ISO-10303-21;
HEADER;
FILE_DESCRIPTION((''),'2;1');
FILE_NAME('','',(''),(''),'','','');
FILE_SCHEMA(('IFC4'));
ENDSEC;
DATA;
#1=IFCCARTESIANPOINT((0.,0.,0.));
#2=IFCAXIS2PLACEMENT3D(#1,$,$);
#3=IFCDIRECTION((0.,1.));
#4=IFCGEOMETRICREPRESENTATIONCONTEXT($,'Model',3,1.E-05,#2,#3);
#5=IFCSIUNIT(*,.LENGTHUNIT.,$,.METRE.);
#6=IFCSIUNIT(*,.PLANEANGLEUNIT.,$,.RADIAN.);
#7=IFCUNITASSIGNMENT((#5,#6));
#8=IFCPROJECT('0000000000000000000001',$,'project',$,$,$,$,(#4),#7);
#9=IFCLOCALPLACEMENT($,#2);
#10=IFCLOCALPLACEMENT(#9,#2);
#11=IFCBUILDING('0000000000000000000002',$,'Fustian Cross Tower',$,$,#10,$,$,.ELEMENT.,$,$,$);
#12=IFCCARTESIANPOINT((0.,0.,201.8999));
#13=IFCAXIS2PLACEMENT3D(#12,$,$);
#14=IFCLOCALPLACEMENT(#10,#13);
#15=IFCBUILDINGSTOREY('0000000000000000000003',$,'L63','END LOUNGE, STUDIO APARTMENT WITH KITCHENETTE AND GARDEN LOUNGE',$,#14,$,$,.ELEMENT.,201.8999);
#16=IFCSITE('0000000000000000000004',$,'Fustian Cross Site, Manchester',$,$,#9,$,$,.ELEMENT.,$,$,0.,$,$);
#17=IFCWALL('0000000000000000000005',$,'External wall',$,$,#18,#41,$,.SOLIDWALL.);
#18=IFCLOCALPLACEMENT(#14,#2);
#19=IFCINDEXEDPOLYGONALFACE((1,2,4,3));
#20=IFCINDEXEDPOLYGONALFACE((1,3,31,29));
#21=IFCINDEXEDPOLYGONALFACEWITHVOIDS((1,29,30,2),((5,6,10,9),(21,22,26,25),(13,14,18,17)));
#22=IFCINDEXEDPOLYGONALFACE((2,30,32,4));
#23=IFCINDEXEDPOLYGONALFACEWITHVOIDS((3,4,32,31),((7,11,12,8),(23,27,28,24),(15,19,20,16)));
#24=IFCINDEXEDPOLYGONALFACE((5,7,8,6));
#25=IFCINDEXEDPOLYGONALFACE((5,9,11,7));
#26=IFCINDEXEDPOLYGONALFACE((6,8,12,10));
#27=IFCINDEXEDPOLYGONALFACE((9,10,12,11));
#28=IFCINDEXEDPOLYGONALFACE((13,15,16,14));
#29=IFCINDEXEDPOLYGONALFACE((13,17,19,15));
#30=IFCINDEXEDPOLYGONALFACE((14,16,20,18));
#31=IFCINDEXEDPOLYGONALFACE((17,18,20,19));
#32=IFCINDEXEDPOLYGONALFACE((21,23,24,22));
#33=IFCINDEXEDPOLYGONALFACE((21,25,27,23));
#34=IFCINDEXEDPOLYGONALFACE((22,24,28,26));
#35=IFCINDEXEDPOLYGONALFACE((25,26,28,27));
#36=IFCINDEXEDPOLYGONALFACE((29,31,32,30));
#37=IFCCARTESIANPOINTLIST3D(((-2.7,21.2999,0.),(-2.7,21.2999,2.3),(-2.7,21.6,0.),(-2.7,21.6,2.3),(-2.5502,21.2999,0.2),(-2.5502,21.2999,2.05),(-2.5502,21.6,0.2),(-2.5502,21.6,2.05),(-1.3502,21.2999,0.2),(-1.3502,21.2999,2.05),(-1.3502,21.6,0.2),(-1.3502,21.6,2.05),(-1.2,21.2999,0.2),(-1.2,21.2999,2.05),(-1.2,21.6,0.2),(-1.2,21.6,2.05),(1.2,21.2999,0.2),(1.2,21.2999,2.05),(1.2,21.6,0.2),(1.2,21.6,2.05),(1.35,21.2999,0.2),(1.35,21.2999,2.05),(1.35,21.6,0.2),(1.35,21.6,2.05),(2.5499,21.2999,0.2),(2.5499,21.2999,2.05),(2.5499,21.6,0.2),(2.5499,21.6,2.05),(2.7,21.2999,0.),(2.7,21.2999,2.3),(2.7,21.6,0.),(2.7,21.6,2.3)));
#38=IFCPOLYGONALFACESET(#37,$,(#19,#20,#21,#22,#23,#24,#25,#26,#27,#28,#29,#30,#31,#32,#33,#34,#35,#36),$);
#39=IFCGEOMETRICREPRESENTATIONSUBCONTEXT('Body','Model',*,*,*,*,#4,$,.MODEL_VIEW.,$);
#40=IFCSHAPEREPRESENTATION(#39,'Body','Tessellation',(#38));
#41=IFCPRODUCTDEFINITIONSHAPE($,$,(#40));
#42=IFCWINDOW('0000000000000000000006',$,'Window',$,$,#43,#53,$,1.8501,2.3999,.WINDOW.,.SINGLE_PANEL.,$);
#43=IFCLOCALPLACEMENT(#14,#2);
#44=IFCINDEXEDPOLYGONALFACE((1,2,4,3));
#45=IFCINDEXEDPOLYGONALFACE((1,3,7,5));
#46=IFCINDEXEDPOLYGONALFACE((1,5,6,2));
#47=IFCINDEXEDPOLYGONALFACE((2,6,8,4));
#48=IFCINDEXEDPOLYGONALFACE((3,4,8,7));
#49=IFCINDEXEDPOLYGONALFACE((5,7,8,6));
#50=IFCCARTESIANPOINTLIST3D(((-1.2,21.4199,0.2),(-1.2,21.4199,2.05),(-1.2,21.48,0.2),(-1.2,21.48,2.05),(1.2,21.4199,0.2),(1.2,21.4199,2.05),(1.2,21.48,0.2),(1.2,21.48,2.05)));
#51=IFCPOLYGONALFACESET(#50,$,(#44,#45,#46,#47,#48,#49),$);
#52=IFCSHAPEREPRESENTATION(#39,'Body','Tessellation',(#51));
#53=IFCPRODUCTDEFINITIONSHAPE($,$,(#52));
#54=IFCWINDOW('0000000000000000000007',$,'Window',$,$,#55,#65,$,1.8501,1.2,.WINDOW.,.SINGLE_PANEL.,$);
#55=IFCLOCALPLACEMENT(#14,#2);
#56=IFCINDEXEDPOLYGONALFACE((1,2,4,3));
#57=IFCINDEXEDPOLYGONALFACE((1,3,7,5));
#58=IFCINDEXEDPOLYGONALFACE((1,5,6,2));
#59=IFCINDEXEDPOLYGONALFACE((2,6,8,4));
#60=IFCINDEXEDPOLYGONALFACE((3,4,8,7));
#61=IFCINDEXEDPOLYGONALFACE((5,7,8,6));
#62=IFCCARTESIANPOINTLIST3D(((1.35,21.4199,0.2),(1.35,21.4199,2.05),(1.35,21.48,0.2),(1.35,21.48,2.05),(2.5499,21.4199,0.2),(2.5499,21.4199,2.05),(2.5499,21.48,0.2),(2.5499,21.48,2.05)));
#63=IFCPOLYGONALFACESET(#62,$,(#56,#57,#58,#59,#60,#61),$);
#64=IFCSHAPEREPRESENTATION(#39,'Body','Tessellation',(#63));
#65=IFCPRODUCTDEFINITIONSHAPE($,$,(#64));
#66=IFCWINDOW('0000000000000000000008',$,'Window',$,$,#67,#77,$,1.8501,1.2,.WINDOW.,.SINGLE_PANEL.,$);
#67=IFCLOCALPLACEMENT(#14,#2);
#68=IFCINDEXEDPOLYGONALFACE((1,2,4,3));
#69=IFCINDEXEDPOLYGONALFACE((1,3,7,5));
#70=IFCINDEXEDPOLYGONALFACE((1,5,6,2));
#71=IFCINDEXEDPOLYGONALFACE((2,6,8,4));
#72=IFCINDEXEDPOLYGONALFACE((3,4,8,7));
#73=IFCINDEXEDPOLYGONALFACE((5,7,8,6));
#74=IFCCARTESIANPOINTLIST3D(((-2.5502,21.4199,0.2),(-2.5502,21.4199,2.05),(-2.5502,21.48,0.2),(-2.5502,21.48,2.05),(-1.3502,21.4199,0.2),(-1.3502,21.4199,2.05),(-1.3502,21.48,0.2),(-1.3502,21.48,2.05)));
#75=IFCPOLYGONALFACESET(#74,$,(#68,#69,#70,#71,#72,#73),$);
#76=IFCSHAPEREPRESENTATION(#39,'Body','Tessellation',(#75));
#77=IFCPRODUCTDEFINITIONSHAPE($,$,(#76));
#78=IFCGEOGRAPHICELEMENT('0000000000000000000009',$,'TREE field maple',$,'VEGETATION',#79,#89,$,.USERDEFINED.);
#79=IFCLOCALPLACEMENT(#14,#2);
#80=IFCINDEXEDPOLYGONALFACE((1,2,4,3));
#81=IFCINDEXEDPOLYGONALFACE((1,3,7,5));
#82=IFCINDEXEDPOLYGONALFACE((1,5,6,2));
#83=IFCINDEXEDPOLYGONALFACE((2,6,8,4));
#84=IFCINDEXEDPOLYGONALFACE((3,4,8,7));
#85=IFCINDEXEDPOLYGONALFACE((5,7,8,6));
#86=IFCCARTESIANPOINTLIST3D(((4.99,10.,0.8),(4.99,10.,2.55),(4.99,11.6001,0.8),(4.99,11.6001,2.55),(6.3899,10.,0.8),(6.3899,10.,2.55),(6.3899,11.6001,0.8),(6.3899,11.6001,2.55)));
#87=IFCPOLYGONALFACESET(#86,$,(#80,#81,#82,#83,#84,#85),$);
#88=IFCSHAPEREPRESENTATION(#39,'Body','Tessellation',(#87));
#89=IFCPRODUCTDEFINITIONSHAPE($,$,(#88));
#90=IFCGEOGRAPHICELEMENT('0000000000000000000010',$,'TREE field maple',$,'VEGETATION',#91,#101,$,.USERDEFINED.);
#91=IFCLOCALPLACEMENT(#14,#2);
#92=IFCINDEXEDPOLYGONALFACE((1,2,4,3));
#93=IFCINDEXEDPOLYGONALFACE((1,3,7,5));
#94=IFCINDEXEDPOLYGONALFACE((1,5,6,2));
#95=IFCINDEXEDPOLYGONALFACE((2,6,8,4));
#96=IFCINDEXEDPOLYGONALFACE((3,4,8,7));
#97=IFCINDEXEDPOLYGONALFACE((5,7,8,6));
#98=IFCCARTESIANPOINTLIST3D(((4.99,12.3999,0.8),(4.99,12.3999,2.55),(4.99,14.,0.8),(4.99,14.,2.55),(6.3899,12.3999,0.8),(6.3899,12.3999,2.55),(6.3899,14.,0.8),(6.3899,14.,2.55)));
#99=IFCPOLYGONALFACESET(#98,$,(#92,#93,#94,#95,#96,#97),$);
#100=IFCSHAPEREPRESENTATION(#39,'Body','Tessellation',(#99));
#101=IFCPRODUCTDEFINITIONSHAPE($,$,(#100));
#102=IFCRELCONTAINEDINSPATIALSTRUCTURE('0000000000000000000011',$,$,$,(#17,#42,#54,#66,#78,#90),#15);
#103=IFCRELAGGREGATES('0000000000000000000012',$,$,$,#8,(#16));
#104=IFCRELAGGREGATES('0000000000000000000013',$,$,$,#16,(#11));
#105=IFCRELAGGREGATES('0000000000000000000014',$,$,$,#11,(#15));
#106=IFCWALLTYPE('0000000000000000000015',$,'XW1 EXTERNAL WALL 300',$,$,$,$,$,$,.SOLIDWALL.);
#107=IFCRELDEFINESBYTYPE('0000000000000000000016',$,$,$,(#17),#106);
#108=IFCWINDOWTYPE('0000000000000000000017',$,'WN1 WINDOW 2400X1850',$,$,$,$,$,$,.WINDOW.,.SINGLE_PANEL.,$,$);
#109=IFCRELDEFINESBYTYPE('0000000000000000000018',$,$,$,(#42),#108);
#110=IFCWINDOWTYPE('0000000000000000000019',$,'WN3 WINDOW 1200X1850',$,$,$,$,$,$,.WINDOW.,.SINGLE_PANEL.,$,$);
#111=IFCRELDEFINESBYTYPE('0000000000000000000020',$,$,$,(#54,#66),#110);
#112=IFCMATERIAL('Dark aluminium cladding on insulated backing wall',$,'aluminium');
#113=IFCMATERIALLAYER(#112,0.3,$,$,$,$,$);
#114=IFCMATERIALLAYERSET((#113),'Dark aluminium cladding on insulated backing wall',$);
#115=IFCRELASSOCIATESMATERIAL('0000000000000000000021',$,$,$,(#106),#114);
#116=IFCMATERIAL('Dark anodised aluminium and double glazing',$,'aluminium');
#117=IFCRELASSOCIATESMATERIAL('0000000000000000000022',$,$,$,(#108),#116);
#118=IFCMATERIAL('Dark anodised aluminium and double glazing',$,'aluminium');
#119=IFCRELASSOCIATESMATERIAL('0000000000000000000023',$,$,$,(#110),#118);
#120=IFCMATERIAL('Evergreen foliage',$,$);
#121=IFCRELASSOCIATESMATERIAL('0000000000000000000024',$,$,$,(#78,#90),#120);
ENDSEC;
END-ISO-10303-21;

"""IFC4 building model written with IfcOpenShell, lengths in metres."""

from ifc_helpers import new_model, si_unit, direction, frame, frame_2d, origin, origin_2d, place, context, subcontext, project, spatial, rectangle, extrude, material, layer, layer_set, type_object, element, fill, save


model = new_model("IFC4")

# Units and contexts
model_context = context("Model", 3, precision=1e-05, world=origin(), true_north=direction((0.0, 1.0)))
body_context = subcontext(model_context, "Body", "Model", "MODEL_VIEW")
ifc_project = project(units=[si_unit("LENGTHUNIT", "METRE"), si_unit("PLANEANGLEUNIT", "RADIAN")], contexts=[model_context])

# Site, building, storey
site_placement = place(None, origin())
site = spatial("IfcSite", under=ifc_project, at=site_placement, Name="Fustian Cross Site, Manchester", CompositionType="ELEMENT", RefElevation=0.0)
building_placement = place(site_placement, origin())
building = spatial("IfcBuilding", under=site, at=building_placement, Name="Fustian Cross Tower", CompositionType="ELEMENT")
storey_placement = place(building_placement, frame((0.0, 0.0, 201.8999)))
storey = spatial("IfcBuildingStorey", under=building, at=storey_placement, Name="L63", Description="END LOUNGE, STUDIO APARTMENT WITH KITCHENETTE AND GARDEN LOUNGE", CompositionType="ELEMENT", Elevation=201.8999)

# Shared definitions
ifc_material_1 = material(Name="Dark aluminium cladding on insulated backing wall", Category="aluminium")
ifc_layer_1 = layer(ifc_material_1, 0.3)
ifc_layer_set_1 = layer_set([ifc_layer_1], Name="Dark aluminium cladding on insulated backing wall")
wall_type_1 = type_object("IfcWallType", Name="XW1 EXTERNAL WALL 300", PredefinedType="SOLIDWALL", material=ifc_layer_set_1)

# Wall, openings, windows
wall_1_placement = place(storey_placement, frame((2.7, 21.45, 0.0), z_axis=(0.0, 0.0, 1.0), x_axis=(-1.0, 0.0, 0.0)))
wall_1 = element("IfcWall", 1, at=wall_1_placement, inside=storey, type_object=wall_type_1, Name="External wall", PredefinedType="SOLIDWALL", context=body_context, shape_type="SweptSolid", body=[
    extrude(rectangle(XDim=5.3999, YDim=0.3, at=frame_2d((2.7, 0.0))), origin(), (0.0, 0.0, 1.0), 2.3),
])
opening_1_placement = place(wall_1_placement, frame((1.5, 0.0, 0.2)))
opening_1 = element("IfcOpeningElement", 2, at=opening_1_placement, cuts=wall_1, PredefinedType="OPENING", context=body_context, shape_type="SweptSolid", body=[
    extrude(rectangle(XDim=2.3999, YDim=1.8501, at=frame_2d((1.2, 0.925))), frame((0.0, 0.1599, 0.0), z_axis=(0.0, -1.0, 0.0), x_axis=(1.0, 0.0, 0.0)), (0.0, 0.0, 1.0), 0.3201),
])
opening_2_placement = place(wall_1_placement, frame((0.1499, 0.0, 0.2)))
opening_2 = element("IfcOpeningElement", 3, at=opening_2_placement, cuts=wall_1, PredefinedType="OPENING", context=body_context, shape_type="SweptSolid", body=[
    extrude(rectangle(XDim=1.2, YDim=1.8501, at=frame_2d((0.6001, 0.925))), frame((0.0, 0.1599, 0.0), z_axis=(0.0, -1.0, 0.0), x_axis=(1.0, 0.0, 0.0)), (0.0, 0.0, 1.0), 0.3201),
])
opening_3_placement = place(wall_1_placement, frame((4.05, 0.0, 0.2)))
opening_3 = element("IfcOpeningElement", 4, at=opening_3_placement, cuts=wall_1, PredefinedType="OPENING", context=body_context, shape_type="SweptSolid", body=[
    extrude(rectangle(XDim=1.2, YDim=1.8501, at=frame_2d((0.6001, 0.925))), frame((0.0, 0.1599, 0.0), z_axis=(0.0, -1.0, 0.0), x_axis=(1.0, 0.0, 0.0)), (0.0, 0.0, 1.0), 0.3201),
])
ifc_material_2 = material(Name="Dark anodised aluminium and double glazing", Category="aluminium")
window_type_1 = type_object("IfcWindowType", Name="WN1 WINDOW 2400X1850", PartitioningType="SINGLE_PANEL", PredefinedType="WINDOW", material=ifc_material_2)
window_1_placement = place(opening_1_placement, origin())
window_1 = element("IfcWindow", 5, at=window_1_placement, inside=storey, type_object=window_type_1, Name="Window", OverallHeight=1.8501, OverallWidth=2.3999, PartitioningType="SINGLE_PANEL", PredefinedType="WINDOW", context=body_context, shape_type="SweptSolid", body=[
    extrude(rectangle(XDim=2.3999, YDim=1.8501, at=frame_2d((1.2, 0.925))), frame((0.0, 0.03, 0.0), z_axis=(0.0, -1.0, 0.0), x_axis=(1.0, 0.0, 0.0)), (0.0, 0.0, 1.0), 0.0601),
])
fill(opening_1, window_1)
ifc_material_3 = material(Name="Dark anodised aluminium and double glazing", Category="aluminium")
window_type_2 = type_object("IfcWindowType", Name="WN3 WINDOW 1200X1850", PartitioningType="SINGLE_PANEL", PredefinedType="WINDOW", material=ifc_material_3)
window_2_placement = place(opening_2_placement, origin())
window_2 = element("IfcWindow", 6, at=window_2_placement, inside=storey, type_object=window_type_2, Name="Window", OverallHeight=1.8501, OverallWidth=1.2, PartitioningType="SINGLE_PANEL", PredefinedType="WINDOW", context=body_context, shape_type="SweptSolid", body=[
    extrude(rectangle(XDim=1.2, YDim=1.8501, at=frame_2d((0.6001, 0.925))), frame((0.0, 0.03, 0.0), z_axis=(0.0, -1.0, 0.0), x_axis=(1.0, 0.0, 0.0)), (0.0, 0.0, 1.0), 0.0601),
])
fill(opening_2, window_2)
window_3_placement = place(opening_3_placement, origin())
window_3 = element("IfcWindow", 7, at=window_3_placement, inside=storey, type_object=window_type_2, Name="Window", OverallHeight=1.8501, OverallWidth=1.2, PartitioningType="SINGLE_PANEL", PredefinedType="WINDOW", context=body_context, shape_type="SweptSolid", body=[
    extrude(rectangle(XDim=1.2, YDim=1.8501, at=frame_2d((0.6001, 0.925))), frame((0.0, 0.03, 0.0), z_axis=(0.0, -1.0, 0.0), x_axis=(1.0, 0.0, 0.0)), (0.0, 0.0, 1.0), 0.0601),
])
fill(opening_3, window_3)

# Geographic elements
ifc_material_4 = material(Name="Evergreen foliage")
for number, where, z_axis, x_axis, name in (
    (8, (5.6899, 10.8, 0.8), (0.0, 0.0, 1.0), (1.0, 0.0, 0.0), "TREE field maple"),
    (9, (5.6899, 13.2, 0.8), (0.0, 0.0, 1.0), (1.0, 0.0, 0.0), "TREE field maple"),
):
    element("IfcGeographicElement", number, at=place(storey_placement, frame(where, z_axis=z_axis, x_axis=x_axis)), inside=storey, material=ifc_material_4, Name=name, ObjectType="VEGETATION", PredefinedType="USERDEFINED", context=body_context, shape_type="SweptSolid", body=[
        extrude(rectangle(XDim=1.3999, YDim=1.6001, at=origin_2d()), origin(), (0.0, 0.0, 1.0), 1.75),
    ])

save(model, "model.ifc")
